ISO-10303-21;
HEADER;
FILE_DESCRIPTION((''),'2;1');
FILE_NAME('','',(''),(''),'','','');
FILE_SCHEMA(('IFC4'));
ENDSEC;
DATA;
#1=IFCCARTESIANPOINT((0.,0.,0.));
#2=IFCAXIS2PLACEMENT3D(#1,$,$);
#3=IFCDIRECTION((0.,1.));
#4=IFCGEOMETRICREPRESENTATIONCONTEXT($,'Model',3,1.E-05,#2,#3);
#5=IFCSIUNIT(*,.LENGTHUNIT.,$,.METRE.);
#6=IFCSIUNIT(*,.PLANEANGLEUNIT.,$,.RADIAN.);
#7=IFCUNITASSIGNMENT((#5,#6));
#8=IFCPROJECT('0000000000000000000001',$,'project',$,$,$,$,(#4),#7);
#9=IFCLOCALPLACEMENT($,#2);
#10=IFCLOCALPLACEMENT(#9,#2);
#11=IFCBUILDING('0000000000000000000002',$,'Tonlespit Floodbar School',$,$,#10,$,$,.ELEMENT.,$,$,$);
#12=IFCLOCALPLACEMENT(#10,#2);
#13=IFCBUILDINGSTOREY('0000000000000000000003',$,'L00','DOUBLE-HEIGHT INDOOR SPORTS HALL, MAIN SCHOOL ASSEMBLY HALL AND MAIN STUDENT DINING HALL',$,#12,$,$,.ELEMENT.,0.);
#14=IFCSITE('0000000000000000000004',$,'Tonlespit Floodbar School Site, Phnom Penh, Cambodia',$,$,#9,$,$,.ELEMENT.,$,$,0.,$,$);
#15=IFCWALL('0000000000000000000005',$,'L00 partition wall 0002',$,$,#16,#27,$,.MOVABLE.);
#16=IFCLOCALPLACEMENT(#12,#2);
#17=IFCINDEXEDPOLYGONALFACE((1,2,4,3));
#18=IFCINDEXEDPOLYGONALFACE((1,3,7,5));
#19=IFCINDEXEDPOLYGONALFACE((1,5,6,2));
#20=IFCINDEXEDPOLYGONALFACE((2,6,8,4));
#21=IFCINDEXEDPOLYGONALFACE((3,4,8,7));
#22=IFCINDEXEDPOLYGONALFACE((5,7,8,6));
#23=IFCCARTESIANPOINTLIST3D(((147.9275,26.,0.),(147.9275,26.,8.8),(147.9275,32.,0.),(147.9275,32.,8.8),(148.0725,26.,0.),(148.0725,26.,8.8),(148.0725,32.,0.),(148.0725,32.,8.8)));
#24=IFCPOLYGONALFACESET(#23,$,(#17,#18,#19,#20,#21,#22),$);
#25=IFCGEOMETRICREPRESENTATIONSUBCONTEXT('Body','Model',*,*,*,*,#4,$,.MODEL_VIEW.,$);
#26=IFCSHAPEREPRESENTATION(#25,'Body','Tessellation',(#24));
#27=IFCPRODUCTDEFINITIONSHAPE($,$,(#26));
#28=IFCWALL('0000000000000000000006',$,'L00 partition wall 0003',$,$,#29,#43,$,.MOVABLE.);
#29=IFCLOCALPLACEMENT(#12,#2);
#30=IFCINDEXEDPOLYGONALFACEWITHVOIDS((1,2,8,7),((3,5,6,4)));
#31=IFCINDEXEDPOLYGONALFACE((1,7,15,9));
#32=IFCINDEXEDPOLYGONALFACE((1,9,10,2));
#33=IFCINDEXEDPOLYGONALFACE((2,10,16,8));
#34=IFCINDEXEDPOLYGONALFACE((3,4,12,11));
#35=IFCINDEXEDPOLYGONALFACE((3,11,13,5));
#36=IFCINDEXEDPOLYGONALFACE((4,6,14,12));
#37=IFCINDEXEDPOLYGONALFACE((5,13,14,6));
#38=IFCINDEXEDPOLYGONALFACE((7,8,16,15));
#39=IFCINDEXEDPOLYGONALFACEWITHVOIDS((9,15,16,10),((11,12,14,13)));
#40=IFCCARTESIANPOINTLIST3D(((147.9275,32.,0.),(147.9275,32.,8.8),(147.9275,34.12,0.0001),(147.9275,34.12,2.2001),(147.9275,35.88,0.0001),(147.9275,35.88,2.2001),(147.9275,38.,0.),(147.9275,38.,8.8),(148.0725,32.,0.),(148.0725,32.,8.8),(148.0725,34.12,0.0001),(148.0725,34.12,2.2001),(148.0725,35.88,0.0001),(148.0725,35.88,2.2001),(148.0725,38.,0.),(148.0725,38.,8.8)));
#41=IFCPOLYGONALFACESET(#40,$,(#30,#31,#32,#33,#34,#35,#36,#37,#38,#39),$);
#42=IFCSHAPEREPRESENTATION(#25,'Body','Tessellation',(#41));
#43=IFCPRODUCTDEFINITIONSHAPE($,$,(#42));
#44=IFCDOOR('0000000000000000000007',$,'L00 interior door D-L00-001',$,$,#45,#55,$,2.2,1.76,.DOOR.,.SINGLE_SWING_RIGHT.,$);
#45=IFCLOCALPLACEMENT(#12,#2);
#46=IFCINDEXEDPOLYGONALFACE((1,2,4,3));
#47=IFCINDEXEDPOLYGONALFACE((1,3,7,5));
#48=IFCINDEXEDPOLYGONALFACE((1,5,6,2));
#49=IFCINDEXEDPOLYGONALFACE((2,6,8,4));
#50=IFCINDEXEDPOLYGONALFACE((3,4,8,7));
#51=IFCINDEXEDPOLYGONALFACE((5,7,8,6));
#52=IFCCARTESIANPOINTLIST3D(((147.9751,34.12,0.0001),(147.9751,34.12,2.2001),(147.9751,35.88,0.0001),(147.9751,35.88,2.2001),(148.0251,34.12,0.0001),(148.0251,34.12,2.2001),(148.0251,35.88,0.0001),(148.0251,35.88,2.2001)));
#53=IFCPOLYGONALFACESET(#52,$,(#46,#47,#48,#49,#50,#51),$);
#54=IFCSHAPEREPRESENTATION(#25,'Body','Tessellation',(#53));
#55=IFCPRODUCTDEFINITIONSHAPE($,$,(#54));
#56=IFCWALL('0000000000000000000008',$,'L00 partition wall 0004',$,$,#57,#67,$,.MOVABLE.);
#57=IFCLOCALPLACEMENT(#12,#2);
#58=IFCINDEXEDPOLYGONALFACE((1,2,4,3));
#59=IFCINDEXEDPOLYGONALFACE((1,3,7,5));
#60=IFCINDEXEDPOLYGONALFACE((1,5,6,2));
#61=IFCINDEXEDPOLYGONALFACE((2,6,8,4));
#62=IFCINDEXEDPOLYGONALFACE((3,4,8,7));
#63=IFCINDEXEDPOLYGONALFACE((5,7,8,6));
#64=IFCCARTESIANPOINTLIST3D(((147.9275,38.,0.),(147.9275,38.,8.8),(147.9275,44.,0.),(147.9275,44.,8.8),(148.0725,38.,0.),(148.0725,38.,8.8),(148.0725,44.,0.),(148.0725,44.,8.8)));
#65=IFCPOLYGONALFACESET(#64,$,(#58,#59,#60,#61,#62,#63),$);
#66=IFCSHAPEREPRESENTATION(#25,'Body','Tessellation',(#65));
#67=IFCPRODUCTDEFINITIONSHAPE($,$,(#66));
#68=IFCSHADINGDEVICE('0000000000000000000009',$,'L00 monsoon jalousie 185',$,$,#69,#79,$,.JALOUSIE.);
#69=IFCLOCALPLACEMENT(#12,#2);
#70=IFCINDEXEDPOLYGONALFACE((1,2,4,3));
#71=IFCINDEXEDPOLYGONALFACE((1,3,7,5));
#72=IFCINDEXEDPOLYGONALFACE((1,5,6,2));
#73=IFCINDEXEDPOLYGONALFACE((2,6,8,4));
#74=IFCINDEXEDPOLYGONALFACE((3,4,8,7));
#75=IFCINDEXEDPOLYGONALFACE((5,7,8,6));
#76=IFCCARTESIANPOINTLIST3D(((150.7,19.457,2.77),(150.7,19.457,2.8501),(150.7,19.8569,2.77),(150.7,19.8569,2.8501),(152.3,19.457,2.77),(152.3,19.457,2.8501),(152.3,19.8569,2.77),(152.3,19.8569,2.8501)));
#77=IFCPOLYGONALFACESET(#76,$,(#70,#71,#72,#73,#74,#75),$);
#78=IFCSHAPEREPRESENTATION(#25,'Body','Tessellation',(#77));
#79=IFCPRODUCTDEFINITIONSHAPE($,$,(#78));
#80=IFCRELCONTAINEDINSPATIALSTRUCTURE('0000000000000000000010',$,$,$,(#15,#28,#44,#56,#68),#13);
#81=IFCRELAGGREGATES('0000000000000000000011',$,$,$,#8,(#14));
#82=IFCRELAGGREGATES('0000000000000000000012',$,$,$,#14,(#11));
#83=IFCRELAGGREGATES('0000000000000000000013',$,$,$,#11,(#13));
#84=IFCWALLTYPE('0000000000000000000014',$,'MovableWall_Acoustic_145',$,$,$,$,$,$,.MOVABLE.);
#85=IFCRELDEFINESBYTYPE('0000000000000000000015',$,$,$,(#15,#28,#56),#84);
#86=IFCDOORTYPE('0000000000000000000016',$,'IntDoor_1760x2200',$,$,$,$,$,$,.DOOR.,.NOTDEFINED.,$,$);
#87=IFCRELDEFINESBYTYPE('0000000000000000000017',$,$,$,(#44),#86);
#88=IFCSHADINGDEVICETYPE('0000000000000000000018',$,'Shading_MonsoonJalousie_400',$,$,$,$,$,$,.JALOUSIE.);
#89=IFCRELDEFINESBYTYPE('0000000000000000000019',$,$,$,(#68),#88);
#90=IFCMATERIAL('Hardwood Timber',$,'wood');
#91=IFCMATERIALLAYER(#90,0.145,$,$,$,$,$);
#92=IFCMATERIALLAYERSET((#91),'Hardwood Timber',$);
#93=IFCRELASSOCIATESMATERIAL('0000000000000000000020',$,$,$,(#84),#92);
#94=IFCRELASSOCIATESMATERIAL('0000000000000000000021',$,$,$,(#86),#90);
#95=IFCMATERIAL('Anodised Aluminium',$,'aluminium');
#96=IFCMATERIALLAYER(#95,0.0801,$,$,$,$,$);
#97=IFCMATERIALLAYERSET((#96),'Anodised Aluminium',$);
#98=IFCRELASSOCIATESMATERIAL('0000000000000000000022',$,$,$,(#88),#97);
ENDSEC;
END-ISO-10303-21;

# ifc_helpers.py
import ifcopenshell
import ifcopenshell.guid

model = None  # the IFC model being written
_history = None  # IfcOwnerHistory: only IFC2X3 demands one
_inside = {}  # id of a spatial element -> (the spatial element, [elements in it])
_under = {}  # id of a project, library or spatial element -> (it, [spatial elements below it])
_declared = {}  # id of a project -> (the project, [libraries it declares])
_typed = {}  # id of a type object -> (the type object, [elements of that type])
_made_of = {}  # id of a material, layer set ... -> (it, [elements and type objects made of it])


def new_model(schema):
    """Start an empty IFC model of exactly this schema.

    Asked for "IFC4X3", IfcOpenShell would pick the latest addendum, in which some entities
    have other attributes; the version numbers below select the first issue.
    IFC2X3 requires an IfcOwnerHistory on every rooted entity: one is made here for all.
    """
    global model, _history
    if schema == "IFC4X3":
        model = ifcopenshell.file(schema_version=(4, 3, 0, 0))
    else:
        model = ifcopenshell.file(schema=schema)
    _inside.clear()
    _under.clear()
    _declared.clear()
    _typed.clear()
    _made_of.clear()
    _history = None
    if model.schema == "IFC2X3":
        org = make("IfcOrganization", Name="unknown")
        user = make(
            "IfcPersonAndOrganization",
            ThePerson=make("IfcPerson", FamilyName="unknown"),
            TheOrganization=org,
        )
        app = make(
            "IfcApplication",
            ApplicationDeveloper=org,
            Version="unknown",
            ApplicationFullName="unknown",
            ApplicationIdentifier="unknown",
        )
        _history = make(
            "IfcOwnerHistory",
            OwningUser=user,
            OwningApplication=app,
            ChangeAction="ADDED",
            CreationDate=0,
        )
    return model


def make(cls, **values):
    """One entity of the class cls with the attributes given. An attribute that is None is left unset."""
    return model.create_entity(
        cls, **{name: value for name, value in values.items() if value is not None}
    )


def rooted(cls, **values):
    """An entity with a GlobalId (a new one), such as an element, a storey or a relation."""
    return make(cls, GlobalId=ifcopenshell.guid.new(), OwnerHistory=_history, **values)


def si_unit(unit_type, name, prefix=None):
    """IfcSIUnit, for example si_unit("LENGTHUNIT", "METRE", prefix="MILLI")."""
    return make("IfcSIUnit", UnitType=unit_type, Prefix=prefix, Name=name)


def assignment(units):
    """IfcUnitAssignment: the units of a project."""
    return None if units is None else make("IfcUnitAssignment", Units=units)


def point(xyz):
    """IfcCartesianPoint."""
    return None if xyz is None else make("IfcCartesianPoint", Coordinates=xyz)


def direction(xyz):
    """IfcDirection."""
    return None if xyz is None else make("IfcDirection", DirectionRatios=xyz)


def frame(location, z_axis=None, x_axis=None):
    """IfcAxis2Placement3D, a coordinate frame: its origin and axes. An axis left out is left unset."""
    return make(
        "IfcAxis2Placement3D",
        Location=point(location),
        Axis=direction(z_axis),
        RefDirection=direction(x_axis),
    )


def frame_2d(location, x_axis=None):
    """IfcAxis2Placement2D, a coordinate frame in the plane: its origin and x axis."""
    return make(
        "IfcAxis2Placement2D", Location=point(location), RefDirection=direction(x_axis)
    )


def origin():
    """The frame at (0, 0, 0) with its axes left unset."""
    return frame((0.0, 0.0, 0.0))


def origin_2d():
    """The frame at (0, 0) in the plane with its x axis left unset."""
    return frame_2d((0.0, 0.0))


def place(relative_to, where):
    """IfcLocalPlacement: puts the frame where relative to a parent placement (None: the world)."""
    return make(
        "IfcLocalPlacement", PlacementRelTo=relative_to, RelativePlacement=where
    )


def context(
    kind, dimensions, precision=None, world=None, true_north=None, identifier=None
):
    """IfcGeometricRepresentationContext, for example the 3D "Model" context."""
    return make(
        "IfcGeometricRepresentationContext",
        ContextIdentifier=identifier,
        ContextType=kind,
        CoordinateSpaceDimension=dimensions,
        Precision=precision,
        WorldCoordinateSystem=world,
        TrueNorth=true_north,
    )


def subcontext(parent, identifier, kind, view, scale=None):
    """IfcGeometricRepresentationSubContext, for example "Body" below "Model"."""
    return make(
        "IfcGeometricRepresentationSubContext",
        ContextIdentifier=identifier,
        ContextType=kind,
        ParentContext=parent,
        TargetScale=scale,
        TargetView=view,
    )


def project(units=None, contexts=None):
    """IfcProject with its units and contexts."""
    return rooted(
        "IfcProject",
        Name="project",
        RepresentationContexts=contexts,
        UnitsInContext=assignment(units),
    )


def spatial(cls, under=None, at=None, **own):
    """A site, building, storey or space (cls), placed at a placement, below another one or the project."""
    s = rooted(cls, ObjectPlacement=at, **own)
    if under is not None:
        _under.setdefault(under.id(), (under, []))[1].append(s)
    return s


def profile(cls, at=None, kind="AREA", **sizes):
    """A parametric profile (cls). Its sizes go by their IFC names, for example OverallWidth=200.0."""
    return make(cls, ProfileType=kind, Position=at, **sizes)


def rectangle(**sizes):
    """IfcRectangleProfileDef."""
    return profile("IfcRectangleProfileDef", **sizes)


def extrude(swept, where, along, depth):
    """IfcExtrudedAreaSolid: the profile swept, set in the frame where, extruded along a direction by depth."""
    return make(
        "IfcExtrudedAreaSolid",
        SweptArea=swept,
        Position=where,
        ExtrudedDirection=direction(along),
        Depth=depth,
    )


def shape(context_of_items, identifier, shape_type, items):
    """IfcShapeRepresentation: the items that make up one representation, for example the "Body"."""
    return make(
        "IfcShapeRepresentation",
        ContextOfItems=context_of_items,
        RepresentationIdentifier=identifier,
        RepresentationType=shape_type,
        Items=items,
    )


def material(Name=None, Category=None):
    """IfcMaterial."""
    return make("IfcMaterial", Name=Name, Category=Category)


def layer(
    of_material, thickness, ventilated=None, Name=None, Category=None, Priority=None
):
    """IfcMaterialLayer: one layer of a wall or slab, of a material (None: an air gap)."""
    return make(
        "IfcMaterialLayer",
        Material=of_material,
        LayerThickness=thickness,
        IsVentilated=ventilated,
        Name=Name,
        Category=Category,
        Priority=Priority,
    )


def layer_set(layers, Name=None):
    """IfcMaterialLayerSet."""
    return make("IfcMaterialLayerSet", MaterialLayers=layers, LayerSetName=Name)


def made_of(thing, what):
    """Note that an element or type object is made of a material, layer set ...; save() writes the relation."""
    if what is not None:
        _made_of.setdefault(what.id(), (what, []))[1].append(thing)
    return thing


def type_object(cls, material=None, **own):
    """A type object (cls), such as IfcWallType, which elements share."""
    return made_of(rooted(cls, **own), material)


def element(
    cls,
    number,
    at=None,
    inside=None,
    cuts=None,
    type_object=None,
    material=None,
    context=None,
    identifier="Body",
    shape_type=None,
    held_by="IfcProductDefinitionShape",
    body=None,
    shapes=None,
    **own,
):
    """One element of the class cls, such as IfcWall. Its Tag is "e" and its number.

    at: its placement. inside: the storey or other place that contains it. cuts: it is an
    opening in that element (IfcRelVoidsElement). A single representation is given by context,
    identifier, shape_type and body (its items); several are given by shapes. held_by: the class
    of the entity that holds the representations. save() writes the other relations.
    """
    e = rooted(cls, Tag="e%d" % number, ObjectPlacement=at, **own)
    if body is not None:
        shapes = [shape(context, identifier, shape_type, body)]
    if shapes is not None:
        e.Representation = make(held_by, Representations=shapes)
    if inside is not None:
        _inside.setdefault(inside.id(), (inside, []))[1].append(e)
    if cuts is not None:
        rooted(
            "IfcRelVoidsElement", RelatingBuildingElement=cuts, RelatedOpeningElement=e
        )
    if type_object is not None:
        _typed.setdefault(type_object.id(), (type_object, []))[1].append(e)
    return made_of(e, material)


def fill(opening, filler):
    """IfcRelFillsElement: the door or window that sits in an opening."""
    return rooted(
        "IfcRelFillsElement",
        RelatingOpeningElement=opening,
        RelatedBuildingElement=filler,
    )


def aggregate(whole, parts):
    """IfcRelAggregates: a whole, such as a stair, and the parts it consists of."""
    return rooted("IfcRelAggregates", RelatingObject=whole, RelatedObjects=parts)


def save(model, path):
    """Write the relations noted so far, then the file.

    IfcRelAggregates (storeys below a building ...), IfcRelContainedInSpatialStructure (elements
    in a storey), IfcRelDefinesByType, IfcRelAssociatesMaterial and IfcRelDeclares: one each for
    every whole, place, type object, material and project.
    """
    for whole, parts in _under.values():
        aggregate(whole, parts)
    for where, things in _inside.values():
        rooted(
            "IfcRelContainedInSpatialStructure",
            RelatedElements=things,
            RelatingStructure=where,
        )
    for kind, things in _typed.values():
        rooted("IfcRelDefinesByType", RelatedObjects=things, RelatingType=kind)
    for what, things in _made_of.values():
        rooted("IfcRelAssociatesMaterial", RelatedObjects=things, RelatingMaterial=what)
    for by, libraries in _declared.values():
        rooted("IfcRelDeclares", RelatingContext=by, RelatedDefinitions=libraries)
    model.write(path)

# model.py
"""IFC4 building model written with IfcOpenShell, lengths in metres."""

from ifc_helpers import new_model, si_unit, direction, frame, frame_2d, origin, origin_2d, place, context, subcontext, project, spatial, rectangle, extrude, material, layer, layer_set, type_object, element, fill, save


model = new_model("IFC4")

# Units and contexts
model_context = context("Model", 3, precision=1e-05, world=origin(), true_north=direction((0.0, 1.0)))
body_context = subcontext(model_context, "Body", "Model", "MODEL_VIEW")
ifc_project = project(units=[si_unit("LENGTHUNIT", "METRE"), si_unit("PLANEANGLEUNIT", "RADIAN")], contexts=[model_context])

# Site, building, storey
site_placement = place(None, origin())
site = spatial("IfcSite", under=ifc_project, at=site_placement, Name="Tonlespit Floodbar School Site, Phnom Penh, Cambodia", CompositionType="ELEMENT", RefElevation=0.0)
building_placement = place(site_placement, origin())
building = spatial("IfcBuilding", under=site, at=building_placement, Name="Tonlespit Floodbar School", CompositionType="ELEMENT")
storey_placement = place(building_placement, origin())
storey = spatial("IfcBuildingStorey", under=building, at=storey_placement, Name="L00", Description="DOUBLE-HEIGHT INDOOR SPORTS HALL, MAIN SCHOOL ASSEMBLY HALL AND MAIN STUDENT DINING HALL", CompositionType="ELEMENT", Elevation=0.0)

# Wall
ifc_material_1 = material(Name="Hardwood Timber", Category="wood")
ifc_layer_1 = layer(ifc_material_1, 0.145)
ifc_layer_set_1 = layer_set([ifc_layer_1], Name="Hardwood Timber")
wall_type_1 = type_object("IfcWallType", Name="MovableWall_Acoustic_145", PredefinedType="MOVABLE", material=ifc_layer_set_1)
wall_1_placement = place(storey_placement, frame((148.0, 26.0, 0.0), z_axis=(0.0, 0.0, 1.0), x_axis=(0.0, 1.0, 0.0)))
element("IfcWall", 1, at=wall_1_placement, inside=storey, type_object=wall_type_1, Name="L00 partition wall 0002", PredefinedType="MOVABLE", context=body_context, shape_type="SweptSolid", body=[
    extrude(rectangle(XDim=6.0, YDim=0.145, at=frame_2d((3.0, 0.0))), origin(), (0.0, 0.0, 1.0), 8.8),
])

# Wall, opening, door
wall_2_placement = place(storey_placement, frame((148.0, 32.0, 0.0), z_axis=(0.0, 0.0, 1.0), x_axis=(0.0, 1.0, 0.0)))
wall_2 = element("IfcWall", 2, at=wall_2_placement, inside=storey, type_object=wall_type_1, Name="L00 partition wall 0003", PredefinedType="MOVABLE", context=body_context, shape_type="SweptSolid", body=[
    extrude(rectangle(XDim=6.0, YDim=0.145, at=frame_2d((3.0, 0.0))), origin(), (0.0, 0.0, 1.0), 8.8),
])
opening_1_placement = place(wall_2_placement, frame((2.1201, 0.0, 0.0)))
opening_1 = element("IfcOpeningElement", 3, at=opening_1_placement, cuts=wall_2, PredefinedType="OPENING", context=body_context, shape_type="SweptSolid", body=[
    extrude(rectangle(XDim=1.76, YDim=2.2, at=frame_2d((0.8799, 1.1001))), frame((0.0, 0.0825, 0.0), z_axis=(0.0, -1.0, 0.0), x_axis=(1.0, 0.0, 0.0)), (0.0, 0.0, 1.0), 0.165),
])
door_type = type_object("IfcDoorType", Name="IntDoor_1760x2200", OperationType="NOTDEFINED", PredefinedType="DOOR", material=ifc_material_1)
door_placement = place(opening_1_placement, origin())
door = element("IfcDoor", 4, at=door_placement, inside=storey, type_object=door_type, Name="L00 interior door D-L00-001", OperationType="SINGLE_SWING_RIGHT", OverallHeight=2.2, OverallWidth=1.76, PredefinedType="DOOR", context=body_context, shape_type="SweptSolid", body=[
    extrude(rectangle(XDim=1.76, YDim=2.2, at=frame_2d((0.8799, 1.1001))), frame((0.0, 0.0249, 0.0), z_axis=(0.0, -1.0, 0.0), x_axis=(1.0, 0.0, 0.0)), (0.0, 0.0, 1.0), 0.05),
])
fill(opening_1, door)

# Wall
wall_3_placement = place(storey_placement, frame((148.0, 38.0, 0.0), z_axis=(0.0, 0.0, 1.0), x_axis=(0.0, 1.0, 0.0)))
element("IfcWall", 5, at=wall_3_placement, inside=storey, type_object=wall_type_1, Name="L00 partition wall 0004", PredefinedType="MOVABLE", context=body_context, shape_type="SweptSolid", body=[
    extrude(rectangle(XDim=6.0, YDim=0.145, at=frame_2d((3.0, 0.0))), origin(), (0.0, 0.0, 1.0), 8.8),
])

# Shading device
ifc_material_2 = material(Name="Anodised Aluminium", Category="aluminium")
ifc_layer_2 = layer(ifc_material_2, 0.0801)
ifc_layer_set_2 = layer_set([ifc_layer_2], Name="Anodised Aluminium")
shading_device_type = type_object("IfcShadingDeviceType", Name="Shading_MonsoonJalousie_400", PredefinedType="JALOUSIE", material=ifc_layer_set_2)
shading_device_placement = place(storey_placement, frame((151.5, 19.657, 2.77), z_axis=(0.0, 0.0, 1.0), x_axis=(-1.0, 0.0, 0.0)))
element("IfcShadingDevice", 6, at=shading_device_placement, inside=storey, type_object=shading_device_type, Name="L00 monsoon jalousie 185", PredefinedType="JALOUSIE", context=body_context, shape_type="SweptSolid", body=[
    extrude(rectangle(XDim=1.6001, YDim=0.3999, at=origin_2d()), origin(), (0.0, 0.0, 1.0), 0.0801),
])

save(model, "model.ifc")
